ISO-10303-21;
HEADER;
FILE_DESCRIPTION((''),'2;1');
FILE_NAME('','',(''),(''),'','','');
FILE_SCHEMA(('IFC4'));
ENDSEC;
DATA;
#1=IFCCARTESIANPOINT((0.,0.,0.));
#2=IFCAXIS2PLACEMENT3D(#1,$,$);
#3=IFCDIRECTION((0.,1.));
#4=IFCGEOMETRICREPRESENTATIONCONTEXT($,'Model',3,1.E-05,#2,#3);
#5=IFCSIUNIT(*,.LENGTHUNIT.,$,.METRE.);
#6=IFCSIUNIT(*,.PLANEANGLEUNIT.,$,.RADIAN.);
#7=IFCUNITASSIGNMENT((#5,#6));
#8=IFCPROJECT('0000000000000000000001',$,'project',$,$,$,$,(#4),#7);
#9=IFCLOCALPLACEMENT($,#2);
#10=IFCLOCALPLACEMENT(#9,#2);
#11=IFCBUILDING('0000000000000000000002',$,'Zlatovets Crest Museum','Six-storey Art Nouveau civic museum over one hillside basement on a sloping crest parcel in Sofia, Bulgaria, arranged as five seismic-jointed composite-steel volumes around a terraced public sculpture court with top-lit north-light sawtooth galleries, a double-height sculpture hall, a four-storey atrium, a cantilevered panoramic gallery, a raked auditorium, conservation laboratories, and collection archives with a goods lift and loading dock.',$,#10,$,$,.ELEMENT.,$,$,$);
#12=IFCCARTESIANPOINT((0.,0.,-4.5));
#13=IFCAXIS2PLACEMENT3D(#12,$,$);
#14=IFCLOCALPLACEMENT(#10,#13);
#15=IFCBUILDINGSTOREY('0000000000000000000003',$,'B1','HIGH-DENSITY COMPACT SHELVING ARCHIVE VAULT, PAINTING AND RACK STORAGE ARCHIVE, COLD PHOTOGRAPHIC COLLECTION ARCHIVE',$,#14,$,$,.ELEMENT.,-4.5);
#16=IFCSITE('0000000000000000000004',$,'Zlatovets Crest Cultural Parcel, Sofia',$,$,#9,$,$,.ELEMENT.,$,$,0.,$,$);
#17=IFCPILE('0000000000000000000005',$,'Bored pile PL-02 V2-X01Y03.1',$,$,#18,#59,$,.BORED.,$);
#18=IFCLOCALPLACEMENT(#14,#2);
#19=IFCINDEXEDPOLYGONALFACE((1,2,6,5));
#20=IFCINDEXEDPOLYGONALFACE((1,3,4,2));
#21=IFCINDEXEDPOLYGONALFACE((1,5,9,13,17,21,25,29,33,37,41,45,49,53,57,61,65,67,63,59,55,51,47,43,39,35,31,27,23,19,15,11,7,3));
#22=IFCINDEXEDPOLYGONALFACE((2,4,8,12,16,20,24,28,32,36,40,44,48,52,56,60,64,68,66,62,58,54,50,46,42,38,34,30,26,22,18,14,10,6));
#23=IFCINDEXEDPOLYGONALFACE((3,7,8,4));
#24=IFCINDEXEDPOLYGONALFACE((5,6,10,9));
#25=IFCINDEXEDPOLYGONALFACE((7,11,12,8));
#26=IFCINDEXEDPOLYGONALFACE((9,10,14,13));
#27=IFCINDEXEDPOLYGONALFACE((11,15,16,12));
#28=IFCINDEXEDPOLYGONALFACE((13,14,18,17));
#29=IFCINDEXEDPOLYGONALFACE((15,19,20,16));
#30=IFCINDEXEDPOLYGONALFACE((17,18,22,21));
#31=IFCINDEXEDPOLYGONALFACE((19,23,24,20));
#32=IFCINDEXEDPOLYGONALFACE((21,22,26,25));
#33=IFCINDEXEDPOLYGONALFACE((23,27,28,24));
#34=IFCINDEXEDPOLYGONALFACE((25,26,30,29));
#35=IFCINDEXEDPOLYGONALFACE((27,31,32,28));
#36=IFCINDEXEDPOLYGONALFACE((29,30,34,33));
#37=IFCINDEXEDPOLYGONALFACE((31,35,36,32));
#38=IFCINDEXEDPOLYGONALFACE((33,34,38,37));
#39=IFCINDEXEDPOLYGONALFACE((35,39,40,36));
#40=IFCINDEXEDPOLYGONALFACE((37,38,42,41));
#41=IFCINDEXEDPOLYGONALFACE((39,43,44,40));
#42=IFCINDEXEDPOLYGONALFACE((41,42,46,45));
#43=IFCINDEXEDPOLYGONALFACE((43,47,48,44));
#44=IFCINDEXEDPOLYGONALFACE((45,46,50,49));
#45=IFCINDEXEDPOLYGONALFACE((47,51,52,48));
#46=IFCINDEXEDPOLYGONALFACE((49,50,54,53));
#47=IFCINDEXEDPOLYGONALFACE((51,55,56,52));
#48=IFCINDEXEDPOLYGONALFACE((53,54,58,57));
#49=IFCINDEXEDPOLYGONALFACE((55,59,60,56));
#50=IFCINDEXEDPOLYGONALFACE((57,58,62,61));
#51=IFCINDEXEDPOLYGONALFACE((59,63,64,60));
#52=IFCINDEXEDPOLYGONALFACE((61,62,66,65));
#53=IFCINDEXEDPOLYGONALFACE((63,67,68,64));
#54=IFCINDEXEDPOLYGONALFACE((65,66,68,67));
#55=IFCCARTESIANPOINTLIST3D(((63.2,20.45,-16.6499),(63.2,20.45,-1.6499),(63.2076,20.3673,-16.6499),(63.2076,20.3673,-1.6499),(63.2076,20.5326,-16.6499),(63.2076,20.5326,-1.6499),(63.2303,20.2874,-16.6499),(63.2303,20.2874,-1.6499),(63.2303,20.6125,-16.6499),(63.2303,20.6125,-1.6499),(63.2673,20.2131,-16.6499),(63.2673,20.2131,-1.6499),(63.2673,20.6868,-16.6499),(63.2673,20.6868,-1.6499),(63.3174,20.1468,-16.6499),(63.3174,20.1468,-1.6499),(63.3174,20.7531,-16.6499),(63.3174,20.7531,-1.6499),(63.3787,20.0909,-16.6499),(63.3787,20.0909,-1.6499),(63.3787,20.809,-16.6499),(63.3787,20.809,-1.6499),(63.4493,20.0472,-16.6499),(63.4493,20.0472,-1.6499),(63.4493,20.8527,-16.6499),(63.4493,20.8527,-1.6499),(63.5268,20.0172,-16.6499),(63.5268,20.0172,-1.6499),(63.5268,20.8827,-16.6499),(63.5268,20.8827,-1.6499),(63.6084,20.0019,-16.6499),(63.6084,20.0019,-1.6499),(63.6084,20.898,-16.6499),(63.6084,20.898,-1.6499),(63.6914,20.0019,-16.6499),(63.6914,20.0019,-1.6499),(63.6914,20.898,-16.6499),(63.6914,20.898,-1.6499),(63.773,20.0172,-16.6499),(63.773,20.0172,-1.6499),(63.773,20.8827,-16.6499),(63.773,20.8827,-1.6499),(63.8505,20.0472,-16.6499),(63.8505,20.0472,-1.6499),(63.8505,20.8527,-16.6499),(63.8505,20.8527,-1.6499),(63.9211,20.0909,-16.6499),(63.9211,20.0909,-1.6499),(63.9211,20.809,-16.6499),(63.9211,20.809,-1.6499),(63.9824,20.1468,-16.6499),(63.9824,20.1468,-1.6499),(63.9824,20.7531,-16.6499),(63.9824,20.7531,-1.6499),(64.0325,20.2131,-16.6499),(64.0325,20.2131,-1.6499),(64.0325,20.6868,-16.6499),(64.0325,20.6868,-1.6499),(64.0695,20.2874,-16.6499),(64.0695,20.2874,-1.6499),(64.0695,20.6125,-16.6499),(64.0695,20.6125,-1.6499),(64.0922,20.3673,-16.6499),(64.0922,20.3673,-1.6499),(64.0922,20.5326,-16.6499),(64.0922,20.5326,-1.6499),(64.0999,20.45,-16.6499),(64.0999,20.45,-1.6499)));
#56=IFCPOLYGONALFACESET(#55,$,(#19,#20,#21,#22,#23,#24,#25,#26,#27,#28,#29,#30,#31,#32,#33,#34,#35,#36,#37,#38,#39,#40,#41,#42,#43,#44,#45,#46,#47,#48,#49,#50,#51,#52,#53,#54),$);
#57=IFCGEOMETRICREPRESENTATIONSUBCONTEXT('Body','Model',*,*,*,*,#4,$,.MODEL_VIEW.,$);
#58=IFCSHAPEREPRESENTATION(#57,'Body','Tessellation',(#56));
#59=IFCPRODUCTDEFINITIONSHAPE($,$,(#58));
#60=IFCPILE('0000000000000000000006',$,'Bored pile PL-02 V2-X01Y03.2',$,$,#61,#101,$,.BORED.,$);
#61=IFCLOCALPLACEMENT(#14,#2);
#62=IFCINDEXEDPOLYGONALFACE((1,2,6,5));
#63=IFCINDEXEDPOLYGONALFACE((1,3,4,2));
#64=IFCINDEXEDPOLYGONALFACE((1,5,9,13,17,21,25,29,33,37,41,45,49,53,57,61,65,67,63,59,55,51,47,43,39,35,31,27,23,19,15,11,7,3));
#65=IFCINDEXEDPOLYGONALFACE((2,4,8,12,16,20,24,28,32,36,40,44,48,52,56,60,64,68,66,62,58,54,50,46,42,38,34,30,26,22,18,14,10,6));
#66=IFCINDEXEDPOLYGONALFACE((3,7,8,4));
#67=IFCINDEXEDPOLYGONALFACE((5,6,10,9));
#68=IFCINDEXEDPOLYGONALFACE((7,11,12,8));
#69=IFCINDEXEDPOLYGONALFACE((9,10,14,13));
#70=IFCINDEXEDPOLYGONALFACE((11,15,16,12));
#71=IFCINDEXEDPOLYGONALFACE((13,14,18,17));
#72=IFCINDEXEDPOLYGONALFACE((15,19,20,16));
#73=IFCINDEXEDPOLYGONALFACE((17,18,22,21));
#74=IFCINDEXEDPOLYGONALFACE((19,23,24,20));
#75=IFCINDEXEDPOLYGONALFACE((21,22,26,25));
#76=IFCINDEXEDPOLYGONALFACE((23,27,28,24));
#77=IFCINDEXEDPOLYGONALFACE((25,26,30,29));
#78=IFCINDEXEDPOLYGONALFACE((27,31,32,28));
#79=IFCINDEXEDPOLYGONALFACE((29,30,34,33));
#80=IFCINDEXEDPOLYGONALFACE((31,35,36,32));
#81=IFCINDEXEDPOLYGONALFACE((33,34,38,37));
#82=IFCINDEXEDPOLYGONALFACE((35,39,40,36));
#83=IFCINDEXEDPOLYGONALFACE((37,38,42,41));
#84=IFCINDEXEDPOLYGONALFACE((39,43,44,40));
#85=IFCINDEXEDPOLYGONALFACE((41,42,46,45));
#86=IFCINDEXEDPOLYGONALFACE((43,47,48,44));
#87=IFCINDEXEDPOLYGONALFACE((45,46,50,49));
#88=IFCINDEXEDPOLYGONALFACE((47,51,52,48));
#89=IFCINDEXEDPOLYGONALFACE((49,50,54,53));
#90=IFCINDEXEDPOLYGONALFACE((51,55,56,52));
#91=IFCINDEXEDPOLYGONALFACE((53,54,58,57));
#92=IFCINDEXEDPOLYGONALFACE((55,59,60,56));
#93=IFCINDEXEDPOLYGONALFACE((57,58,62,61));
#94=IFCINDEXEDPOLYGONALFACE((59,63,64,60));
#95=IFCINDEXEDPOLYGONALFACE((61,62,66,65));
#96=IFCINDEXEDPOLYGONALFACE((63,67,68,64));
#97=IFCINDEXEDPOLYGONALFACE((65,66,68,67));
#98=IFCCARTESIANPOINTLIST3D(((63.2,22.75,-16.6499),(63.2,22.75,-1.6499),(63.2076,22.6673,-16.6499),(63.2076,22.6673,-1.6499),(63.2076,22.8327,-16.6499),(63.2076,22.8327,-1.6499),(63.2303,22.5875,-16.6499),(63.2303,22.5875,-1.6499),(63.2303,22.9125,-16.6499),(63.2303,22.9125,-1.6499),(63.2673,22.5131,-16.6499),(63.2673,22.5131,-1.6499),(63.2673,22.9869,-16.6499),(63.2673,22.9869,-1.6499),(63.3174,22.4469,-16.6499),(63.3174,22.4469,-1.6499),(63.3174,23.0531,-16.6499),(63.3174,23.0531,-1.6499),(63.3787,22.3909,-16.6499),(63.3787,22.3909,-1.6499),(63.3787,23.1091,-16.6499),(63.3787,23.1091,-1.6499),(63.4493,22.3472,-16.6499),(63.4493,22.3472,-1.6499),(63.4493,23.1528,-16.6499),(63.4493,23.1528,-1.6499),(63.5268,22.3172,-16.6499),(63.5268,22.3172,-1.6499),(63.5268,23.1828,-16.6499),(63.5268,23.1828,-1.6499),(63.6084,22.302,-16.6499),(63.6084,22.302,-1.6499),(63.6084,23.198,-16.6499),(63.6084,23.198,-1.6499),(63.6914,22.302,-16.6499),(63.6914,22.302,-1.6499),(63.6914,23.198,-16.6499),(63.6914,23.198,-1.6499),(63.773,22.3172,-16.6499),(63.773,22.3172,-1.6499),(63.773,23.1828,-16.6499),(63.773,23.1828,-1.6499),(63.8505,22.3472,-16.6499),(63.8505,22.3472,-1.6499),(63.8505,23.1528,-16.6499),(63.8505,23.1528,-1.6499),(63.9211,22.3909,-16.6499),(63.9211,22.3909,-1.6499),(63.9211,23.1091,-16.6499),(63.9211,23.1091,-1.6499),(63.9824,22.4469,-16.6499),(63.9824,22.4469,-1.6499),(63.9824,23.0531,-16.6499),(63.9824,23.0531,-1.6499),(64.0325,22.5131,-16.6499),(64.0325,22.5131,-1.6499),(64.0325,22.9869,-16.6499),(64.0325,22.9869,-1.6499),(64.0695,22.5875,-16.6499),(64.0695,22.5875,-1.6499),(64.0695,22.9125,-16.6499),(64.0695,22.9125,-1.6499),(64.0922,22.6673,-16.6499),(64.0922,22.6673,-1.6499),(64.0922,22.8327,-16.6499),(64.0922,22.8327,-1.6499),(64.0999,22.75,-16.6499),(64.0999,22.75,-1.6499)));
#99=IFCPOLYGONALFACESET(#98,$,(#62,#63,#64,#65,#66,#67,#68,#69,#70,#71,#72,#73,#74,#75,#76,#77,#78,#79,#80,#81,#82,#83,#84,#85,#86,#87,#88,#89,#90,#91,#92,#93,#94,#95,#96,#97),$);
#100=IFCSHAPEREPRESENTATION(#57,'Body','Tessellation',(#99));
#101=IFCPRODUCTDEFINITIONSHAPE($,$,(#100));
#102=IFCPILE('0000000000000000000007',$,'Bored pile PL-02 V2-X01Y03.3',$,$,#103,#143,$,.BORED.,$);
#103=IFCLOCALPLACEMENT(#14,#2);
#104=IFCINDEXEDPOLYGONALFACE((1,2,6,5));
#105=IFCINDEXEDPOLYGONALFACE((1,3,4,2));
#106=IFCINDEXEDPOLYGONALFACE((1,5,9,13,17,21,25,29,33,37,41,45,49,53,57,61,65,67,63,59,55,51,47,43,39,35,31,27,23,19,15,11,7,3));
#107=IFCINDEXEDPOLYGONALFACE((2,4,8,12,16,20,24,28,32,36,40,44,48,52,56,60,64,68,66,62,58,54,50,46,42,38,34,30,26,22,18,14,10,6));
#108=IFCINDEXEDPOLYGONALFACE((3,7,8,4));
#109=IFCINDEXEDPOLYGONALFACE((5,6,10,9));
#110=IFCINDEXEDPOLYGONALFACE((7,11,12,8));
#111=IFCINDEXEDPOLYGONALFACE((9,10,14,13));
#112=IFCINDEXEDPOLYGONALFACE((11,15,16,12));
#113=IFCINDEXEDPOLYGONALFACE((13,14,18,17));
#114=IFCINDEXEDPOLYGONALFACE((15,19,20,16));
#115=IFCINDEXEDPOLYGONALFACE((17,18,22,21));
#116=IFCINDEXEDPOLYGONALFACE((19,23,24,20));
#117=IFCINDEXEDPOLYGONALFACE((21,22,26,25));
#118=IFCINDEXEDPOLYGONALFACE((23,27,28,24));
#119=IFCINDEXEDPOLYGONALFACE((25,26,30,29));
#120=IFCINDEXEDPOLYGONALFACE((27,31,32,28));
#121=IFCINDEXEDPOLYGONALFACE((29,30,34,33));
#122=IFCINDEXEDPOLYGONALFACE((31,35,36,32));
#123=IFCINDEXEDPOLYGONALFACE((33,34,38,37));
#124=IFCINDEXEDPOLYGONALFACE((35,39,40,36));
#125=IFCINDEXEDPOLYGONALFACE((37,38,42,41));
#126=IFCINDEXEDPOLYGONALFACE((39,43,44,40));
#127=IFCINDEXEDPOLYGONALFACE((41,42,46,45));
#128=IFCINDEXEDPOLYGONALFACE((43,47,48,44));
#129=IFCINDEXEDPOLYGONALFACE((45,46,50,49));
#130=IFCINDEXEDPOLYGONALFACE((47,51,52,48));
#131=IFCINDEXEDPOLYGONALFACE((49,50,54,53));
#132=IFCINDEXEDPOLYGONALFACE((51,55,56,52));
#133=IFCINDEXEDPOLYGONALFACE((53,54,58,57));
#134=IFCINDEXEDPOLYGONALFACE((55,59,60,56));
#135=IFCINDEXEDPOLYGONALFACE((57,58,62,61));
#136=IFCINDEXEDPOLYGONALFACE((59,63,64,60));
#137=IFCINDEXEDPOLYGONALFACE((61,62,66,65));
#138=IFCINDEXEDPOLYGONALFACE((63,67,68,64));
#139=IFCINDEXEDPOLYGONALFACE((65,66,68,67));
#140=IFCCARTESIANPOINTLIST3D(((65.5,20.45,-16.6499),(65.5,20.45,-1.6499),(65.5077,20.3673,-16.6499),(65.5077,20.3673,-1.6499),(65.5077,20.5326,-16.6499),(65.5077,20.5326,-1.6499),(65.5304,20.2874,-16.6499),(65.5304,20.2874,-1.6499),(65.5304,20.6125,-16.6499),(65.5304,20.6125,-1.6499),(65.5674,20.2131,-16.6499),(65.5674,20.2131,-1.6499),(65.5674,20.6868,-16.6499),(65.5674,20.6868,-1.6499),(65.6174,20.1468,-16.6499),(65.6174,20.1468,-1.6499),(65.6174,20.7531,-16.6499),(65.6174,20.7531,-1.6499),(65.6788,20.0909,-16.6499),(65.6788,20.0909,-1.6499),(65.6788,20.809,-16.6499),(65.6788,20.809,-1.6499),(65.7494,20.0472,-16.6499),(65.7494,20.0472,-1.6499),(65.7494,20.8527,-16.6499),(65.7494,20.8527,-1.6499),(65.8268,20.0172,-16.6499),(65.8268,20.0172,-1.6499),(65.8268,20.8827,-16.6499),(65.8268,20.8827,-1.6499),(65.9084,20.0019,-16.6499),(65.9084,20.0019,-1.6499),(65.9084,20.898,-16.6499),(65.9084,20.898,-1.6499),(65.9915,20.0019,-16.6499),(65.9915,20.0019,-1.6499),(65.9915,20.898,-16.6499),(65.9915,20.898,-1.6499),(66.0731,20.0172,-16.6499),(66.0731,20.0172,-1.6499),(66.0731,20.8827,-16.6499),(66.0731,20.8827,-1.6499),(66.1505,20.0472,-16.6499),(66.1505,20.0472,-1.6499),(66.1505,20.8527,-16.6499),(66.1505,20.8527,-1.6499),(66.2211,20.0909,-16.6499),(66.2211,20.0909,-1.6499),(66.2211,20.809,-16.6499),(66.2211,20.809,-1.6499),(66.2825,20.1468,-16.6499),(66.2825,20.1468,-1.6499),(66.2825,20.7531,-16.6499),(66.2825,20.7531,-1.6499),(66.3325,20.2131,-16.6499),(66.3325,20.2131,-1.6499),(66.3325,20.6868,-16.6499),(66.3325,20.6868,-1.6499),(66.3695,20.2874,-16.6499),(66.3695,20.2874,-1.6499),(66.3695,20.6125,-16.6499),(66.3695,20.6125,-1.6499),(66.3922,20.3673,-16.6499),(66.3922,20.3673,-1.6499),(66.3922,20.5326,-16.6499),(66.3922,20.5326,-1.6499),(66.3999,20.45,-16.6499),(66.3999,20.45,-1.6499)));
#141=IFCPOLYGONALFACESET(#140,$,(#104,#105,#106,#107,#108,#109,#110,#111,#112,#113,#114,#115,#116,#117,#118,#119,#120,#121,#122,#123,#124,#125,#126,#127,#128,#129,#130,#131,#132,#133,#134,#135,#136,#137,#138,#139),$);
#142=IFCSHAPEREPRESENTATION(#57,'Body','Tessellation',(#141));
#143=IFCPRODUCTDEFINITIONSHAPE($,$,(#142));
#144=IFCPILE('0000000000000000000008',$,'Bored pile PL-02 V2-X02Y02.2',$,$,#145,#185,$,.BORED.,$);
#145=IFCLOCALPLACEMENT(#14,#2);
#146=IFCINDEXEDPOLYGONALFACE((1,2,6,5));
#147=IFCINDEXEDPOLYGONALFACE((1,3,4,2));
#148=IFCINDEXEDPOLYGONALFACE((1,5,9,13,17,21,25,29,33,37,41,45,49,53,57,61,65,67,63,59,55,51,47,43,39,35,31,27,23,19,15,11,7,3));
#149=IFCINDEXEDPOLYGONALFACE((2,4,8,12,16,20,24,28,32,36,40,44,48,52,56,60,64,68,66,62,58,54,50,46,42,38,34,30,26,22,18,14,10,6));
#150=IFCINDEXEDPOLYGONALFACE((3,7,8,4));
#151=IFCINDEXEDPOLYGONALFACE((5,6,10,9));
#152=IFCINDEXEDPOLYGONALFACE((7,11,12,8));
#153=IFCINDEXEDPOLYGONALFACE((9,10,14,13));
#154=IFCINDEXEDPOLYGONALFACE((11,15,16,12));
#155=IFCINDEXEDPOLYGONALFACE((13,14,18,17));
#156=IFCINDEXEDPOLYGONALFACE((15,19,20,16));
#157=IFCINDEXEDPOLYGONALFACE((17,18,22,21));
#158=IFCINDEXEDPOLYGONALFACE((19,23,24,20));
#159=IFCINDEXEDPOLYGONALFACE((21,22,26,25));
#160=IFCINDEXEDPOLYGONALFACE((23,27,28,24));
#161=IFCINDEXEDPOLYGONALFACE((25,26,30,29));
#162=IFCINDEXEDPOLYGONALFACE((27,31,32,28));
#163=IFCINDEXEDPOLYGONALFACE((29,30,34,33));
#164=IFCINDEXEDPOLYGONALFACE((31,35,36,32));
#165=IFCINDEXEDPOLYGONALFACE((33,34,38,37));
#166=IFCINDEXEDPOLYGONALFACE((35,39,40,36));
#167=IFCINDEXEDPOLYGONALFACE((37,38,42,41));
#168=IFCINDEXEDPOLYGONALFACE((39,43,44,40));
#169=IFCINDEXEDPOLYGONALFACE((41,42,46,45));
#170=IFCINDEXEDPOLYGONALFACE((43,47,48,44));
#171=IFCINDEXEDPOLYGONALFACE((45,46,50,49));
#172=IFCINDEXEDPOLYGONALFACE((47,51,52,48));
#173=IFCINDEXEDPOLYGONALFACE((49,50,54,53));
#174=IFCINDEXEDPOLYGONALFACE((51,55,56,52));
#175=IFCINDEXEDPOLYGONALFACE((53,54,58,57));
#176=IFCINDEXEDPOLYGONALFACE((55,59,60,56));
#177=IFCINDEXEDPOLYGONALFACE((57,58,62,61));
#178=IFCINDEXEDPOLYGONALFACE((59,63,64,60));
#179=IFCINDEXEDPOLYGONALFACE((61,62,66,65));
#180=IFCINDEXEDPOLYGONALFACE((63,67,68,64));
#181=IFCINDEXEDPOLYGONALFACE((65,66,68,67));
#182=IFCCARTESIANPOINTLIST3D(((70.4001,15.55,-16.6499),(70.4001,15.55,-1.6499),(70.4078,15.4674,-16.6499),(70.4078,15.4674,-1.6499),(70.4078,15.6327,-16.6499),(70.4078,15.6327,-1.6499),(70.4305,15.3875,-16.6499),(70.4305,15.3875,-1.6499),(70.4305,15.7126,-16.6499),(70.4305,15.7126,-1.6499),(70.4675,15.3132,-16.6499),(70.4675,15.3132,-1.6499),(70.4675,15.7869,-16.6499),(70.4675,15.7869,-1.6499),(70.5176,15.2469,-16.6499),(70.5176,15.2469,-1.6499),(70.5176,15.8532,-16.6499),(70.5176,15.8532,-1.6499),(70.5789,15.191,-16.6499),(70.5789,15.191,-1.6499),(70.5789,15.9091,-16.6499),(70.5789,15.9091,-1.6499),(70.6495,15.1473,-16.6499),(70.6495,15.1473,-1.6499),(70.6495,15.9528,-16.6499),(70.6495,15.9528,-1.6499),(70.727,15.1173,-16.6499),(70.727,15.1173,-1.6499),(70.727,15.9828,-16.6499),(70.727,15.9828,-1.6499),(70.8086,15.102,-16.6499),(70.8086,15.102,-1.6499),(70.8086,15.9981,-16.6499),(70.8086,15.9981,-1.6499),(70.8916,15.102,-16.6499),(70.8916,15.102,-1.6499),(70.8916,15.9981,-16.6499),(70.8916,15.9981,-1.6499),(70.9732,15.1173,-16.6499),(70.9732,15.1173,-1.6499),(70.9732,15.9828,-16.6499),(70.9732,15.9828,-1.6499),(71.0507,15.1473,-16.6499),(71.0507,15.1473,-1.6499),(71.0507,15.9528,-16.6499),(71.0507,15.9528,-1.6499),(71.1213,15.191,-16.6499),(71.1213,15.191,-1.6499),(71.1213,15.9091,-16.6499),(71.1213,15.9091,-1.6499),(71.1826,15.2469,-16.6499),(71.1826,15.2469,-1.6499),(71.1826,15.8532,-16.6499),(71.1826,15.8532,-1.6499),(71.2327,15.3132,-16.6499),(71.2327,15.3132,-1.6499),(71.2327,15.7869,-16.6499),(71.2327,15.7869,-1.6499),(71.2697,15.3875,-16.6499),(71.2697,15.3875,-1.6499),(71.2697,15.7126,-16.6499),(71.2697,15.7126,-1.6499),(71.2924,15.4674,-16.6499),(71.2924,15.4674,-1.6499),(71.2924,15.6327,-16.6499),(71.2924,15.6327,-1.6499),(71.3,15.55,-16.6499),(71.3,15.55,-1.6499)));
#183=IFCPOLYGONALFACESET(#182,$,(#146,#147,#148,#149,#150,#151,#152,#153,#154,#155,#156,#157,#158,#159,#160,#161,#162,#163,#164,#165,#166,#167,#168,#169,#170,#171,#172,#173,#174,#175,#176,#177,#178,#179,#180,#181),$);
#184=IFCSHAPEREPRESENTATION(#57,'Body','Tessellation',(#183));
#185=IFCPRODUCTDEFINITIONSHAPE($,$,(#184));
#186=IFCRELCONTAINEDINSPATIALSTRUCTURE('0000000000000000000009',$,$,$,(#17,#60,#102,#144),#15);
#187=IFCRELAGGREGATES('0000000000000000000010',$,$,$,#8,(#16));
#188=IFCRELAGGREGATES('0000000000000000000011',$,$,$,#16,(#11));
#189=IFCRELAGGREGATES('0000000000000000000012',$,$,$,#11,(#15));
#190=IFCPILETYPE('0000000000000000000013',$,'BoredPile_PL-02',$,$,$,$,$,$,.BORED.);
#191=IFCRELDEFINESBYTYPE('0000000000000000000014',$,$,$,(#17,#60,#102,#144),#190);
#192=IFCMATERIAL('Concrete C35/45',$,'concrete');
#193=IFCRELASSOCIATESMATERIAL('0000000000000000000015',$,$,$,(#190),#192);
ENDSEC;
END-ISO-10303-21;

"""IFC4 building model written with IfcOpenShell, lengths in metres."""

from ifc_helpers import new_model, si_unit, direction, frame, origin, origin_2d, place, context, subcontext, project, spatial, circle, extrude, material, material_profile, profile_set, type_object, element, save


model = new_model("IFC4")

# Units and contexts
model_context = context("Model", 3, precision=1e-05, world=origin(), true_north=direction((0.0, 1.0)))
body_context = subcontext(model_context, "Body", "Model", "MODEL_VIEW")
ifc_project = project(units=[si_unit("LENGTHUNIT", "METRE"), si_unit("PLANEANGLEUNIT", "RADIAN")], contexts=[model_context])

# Site, building, storey
site_placement = place(None, origin())
site = spatial("IfcSite", under=ifc_project, at=site_placement, Name="Zlatovets Crest Cultural Parcel, Sofia", CompositionType="ELEMENT", RefElevation=0.0)
building_placement = place(site_placement, origin())
building = spatial("IfcBuilding", under=site, at=building_placement, Name="Zlatovets Crest Museum", Description="Six-storey Art Nouveau civic museum over one hillside basement on a sloping crest parcel in Sofia, Bulgaria, arranged as five seismic-jointed composite-steel volumes around a terraced public sculpture court with top-lit north-light sawtooth galleries, a double-height sculpture hall, a four-storey atrium, a cantilevered panoramic gallery, a raked auditorium, conservation laboratories, and collection archives with a goods lift and loading dock.", CompositionType="ELEMENT")
storey_placement = place(building_placement, frame((0.0, 0.0, -4.5)))
storey = spatial("IfcBuildingStorey", under=building, at=storey_placement, Name="B1", Description="HIGH-DENSITY COMPACT SHELVING ARCHIVE VAULT, PAINTING AND RACK STORAGE ARCHIVE, COLD PHOTOGRAPHIC COLLECTION ARCHIVE", CompositionType="ELEMENT", Elevation=-4.5)

# Piles
ifc_material_1 = material(Name="Concrete C35/45", Category="concrete")
ifc_material_profile_1 = material_profile(ifc_material_1, circle(Radius=0.45, at=origin_2d()), Name="PILE D900")
ifc_profile_set_1 = profile_set([ifc_material_profile_1], Name="Concrete C35/45")
pile_type = type_object("IfcPileType", Name="BoredPile_PL-02", PredefinedType="BORED", material=ifc_profile_set_1)
for number, where, z_axis, x_axis, name in (
    (1, (63.6499, 20.45, -1.6499), (0.0, 0.0, -1.0), (1.0, 0.0, 0.0), "Bored pile PL-02 V2-X01Y03.1"),
    (2, (63.6499, 22.75, -1.6499), (0.0, 0.0, -1.0), (1.0, 0.0, 0.0), "Bored pile PL-02 V2-X01Y03.2"),
    (3, (65.95, 20.45, -1.6499), (0.0, 0.0, -1.0), (1.0, 0.0, 0.0), "Bored pile PL-02 V2-X01Y03.3"),
    (4, (70.8501, 15.55, -1.6499), (0.0, 0.0, -1.0), (1.0, 0.0, 0.0), "Bored pile PL-02 V2-X02Y02.2"),
):
    element("IfcPile", number, at=place(storey_placement, frame(where, z_axis=z_axis, x_axis=x_axis)), inside=storey, type_object=pile_type, Name=name, PredefinedType="BORED", context=body_context, shape_type="SweptSolid", body=[
        extrude(circle(Radius=0.45, at=origin_2d()), origin(), (0.0, 0.0, 1.0), 15.0),
    ])

save(model, "model.ifc")
